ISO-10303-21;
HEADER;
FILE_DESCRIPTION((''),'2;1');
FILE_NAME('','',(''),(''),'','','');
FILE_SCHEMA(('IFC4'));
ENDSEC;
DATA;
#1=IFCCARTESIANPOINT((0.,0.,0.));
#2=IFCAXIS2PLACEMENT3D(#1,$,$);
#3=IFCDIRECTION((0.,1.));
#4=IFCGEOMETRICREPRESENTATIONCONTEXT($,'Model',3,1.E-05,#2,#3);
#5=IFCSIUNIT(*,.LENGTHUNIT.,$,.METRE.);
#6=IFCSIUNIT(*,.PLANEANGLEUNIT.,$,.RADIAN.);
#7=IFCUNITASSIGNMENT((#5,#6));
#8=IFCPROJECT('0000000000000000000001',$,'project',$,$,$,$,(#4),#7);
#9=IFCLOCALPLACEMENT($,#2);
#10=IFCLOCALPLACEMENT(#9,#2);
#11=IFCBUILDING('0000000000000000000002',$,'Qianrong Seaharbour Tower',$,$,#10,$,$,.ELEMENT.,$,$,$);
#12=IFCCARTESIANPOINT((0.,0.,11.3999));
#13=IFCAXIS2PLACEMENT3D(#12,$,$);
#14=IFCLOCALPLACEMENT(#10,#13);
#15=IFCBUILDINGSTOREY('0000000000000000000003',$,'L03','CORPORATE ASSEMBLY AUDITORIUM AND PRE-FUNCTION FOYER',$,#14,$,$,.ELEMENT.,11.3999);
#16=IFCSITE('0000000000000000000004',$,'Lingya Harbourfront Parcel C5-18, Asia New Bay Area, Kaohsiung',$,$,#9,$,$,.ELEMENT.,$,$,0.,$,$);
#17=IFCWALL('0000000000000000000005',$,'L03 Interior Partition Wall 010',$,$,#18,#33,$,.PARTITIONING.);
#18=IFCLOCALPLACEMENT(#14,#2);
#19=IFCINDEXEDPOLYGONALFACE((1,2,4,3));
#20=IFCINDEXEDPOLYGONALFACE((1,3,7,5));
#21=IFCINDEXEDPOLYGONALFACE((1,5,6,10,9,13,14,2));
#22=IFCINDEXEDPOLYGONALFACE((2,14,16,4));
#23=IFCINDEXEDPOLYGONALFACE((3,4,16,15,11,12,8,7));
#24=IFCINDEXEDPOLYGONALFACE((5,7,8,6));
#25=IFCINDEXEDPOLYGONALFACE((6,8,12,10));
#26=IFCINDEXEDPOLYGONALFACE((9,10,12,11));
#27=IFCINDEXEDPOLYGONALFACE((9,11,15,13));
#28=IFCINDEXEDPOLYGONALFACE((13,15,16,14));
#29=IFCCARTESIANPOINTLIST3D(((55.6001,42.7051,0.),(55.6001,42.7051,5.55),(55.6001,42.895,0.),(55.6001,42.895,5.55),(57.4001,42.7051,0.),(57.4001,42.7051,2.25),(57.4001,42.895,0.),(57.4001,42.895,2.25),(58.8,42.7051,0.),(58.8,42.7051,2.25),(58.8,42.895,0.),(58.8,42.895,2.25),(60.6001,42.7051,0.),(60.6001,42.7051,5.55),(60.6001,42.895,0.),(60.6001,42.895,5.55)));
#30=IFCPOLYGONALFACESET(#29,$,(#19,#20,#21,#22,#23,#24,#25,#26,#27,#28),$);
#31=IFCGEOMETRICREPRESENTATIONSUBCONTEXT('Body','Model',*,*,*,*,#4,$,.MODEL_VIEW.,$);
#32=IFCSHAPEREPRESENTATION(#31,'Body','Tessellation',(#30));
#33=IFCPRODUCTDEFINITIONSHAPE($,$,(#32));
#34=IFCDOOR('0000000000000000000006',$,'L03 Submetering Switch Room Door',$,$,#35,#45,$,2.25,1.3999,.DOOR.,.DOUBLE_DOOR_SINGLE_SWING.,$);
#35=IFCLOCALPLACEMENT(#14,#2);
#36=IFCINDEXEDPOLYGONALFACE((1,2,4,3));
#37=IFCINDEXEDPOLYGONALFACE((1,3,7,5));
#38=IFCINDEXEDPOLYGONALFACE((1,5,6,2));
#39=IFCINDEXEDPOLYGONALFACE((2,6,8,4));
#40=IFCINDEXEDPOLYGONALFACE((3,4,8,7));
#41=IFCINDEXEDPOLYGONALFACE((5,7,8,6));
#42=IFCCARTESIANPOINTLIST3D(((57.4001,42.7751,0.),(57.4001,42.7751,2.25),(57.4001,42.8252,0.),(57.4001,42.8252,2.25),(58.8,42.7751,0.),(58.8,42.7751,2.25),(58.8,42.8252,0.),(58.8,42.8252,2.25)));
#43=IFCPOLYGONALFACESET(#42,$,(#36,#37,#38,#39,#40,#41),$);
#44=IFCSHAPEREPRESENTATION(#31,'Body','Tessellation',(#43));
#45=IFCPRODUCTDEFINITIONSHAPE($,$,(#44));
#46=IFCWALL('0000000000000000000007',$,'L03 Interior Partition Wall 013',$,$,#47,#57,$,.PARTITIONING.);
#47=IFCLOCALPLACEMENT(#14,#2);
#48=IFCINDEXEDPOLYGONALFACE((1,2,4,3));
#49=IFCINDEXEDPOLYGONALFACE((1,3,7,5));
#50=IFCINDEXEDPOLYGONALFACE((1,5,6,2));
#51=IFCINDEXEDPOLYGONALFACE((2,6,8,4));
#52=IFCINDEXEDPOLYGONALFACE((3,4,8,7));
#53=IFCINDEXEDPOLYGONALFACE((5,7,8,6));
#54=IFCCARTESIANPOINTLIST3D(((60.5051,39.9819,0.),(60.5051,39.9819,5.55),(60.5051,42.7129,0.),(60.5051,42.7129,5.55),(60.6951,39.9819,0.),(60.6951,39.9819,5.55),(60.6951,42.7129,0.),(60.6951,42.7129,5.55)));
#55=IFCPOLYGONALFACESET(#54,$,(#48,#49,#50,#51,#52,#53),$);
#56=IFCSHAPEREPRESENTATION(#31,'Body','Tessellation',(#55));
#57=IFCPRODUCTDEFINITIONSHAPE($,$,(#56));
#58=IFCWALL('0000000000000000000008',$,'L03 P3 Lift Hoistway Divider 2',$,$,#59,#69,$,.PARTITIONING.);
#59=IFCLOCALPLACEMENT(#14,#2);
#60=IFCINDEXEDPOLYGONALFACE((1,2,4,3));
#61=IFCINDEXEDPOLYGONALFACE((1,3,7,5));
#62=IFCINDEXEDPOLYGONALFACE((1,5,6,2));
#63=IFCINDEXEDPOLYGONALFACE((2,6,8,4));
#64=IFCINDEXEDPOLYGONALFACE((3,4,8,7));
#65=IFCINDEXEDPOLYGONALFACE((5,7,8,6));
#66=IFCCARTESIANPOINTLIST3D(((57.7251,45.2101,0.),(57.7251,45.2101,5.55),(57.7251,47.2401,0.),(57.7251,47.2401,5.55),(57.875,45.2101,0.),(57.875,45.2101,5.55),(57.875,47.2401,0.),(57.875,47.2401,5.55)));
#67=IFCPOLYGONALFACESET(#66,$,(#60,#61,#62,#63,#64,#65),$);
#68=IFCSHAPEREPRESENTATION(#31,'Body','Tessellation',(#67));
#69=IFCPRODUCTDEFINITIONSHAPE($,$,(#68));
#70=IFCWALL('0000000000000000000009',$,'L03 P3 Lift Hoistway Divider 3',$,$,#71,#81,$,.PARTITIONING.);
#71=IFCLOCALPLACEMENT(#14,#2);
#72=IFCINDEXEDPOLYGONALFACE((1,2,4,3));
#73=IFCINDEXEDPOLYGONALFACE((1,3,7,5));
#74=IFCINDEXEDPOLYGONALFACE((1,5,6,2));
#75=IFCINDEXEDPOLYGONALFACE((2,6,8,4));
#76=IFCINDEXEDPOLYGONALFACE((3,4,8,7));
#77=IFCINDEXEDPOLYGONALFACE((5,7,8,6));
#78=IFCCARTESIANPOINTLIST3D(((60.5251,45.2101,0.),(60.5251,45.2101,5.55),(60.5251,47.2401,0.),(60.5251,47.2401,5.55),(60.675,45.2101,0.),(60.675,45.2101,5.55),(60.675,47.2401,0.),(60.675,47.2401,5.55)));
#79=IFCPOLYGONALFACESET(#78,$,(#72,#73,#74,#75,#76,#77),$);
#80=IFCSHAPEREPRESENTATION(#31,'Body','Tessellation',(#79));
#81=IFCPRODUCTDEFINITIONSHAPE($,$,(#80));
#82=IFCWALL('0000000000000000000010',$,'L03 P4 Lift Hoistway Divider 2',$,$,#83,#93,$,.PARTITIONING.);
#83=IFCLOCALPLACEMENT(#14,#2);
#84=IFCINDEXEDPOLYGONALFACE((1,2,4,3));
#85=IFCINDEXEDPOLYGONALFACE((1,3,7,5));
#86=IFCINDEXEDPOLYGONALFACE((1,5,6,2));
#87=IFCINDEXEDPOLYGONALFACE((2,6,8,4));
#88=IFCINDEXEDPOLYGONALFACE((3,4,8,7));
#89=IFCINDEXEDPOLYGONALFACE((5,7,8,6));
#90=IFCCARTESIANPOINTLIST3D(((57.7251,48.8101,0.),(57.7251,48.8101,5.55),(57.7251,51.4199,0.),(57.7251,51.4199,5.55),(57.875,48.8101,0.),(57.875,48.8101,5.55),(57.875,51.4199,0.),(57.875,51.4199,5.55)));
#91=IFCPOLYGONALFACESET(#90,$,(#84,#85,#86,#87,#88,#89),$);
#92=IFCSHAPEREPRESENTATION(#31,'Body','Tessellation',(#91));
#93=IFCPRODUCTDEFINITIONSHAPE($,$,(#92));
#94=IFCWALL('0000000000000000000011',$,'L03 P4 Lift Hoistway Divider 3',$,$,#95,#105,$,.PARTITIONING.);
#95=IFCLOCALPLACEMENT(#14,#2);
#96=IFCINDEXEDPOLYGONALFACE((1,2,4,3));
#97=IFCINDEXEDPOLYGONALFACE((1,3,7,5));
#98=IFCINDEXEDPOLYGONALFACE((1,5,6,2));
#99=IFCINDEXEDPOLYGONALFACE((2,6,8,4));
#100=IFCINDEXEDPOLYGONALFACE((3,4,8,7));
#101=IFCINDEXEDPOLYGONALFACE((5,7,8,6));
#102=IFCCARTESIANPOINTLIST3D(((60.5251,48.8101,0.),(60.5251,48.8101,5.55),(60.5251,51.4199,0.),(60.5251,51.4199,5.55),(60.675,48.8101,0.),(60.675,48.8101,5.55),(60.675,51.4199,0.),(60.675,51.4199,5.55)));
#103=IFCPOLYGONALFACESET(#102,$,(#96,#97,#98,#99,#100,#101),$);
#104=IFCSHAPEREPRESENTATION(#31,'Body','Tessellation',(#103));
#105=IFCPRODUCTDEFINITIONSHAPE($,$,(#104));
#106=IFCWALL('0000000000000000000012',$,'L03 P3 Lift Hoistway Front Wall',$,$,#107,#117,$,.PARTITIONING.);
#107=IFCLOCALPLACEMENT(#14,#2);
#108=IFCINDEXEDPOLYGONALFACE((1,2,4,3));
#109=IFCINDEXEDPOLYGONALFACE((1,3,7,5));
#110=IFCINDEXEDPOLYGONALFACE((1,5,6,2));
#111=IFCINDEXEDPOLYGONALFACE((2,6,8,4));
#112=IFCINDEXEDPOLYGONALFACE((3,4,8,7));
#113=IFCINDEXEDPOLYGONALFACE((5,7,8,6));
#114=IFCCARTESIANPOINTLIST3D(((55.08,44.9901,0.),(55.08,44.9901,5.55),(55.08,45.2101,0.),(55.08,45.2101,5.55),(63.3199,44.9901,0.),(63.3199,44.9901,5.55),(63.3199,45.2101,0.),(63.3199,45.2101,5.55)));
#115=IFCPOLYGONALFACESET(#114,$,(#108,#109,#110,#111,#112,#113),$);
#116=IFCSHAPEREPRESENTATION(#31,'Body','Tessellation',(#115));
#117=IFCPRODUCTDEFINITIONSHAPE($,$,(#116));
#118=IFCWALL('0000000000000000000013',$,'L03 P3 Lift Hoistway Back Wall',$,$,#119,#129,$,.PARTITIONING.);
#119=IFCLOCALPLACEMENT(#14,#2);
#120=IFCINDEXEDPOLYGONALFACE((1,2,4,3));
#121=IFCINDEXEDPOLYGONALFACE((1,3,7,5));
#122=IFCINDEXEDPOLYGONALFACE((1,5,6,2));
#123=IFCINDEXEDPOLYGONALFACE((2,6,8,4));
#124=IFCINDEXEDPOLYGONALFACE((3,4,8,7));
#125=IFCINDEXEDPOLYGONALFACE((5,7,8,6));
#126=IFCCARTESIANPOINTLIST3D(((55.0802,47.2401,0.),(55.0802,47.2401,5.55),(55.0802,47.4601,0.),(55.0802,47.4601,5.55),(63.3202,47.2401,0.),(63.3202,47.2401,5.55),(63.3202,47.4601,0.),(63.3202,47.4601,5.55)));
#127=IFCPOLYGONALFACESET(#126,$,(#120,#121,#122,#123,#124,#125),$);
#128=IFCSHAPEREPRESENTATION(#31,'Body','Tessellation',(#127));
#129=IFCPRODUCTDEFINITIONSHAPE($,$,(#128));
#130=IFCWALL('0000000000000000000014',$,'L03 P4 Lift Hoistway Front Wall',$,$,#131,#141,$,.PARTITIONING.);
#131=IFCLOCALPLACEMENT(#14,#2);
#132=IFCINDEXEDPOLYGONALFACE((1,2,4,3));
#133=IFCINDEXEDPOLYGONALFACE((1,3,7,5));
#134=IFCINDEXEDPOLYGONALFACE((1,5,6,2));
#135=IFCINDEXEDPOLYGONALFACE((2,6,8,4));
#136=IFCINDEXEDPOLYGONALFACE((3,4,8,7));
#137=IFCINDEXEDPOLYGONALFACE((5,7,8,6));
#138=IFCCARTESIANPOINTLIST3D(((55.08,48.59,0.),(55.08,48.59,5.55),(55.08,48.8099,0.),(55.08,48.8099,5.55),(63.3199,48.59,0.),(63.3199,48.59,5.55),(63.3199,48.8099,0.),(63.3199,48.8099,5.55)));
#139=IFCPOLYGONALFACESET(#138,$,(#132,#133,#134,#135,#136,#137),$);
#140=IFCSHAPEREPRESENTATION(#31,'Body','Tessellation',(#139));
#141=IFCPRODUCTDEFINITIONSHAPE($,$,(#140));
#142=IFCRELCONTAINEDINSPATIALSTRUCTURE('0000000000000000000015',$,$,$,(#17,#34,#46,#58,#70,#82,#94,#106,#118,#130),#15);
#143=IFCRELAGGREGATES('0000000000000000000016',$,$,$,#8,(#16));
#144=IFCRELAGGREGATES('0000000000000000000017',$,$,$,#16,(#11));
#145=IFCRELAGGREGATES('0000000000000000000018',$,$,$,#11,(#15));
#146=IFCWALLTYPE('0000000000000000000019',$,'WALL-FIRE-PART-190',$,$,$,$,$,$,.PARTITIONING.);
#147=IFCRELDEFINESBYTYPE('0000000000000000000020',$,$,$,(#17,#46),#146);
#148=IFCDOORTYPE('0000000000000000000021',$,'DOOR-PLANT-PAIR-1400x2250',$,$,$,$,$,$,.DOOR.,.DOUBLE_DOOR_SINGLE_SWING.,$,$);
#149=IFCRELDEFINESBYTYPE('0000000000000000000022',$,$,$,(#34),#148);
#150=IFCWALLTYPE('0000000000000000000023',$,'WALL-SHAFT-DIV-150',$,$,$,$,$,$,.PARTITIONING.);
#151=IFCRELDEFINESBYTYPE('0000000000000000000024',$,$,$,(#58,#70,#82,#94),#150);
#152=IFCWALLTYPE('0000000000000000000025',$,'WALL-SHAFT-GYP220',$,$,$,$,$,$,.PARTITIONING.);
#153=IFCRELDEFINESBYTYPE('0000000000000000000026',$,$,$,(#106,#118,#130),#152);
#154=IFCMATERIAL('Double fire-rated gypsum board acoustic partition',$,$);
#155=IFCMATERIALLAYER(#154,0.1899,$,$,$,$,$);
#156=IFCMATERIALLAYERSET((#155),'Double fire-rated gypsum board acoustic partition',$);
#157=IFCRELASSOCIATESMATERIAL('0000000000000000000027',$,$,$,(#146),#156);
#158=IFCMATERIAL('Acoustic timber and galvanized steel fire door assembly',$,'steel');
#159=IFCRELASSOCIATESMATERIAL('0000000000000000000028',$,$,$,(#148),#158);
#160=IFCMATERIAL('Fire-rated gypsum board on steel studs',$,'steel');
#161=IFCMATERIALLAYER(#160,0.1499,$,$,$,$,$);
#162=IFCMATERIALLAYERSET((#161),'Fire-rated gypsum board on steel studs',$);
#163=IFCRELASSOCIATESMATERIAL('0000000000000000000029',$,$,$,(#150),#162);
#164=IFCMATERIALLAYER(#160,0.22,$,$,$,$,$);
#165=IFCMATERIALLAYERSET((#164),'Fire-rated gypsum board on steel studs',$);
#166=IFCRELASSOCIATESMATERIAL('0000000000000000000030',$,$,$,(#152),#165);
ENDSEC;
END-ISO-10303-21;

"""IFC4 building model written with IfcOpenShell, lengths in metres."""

from ifc_helpers import new_model, si_unit, direction, frame, frame_2d, origin, place, context, subcontext, project, spatial, rectangle, extrude, material, layer, layer_set, type_object, element, fill, save


model = new_model("IFC4")

# Units and contexts
model_context = context("Model", 3, precision=1e-05, world=origin(), true_north=direction((0.0, 1.0)))
body_context = subcontext(model_context, "Body", "Model", "MODEL_VIEW")
ifc_project = project(units=[si_unit("LENGTHUNIT", "METRE"), si_unit("PLANEANGLEUNIT", "RADIAN")], contexts=[model_context])

# Site, building, storey
site_placement = place(None, origin())
site = spatial("IfcSite", under=ifc_project, at=site_placement, Name="Lingya Harbourfront Parcel C5-18, Asia New Bay Area, Kaohsiung", CompositionType="ELEMENT", RefElevation=0.0)
building_placement = place(site_placement, origin())
building = spatial("IfcBuilding", under=site, at=building_placement, Name="Qianrong Seaharbour Tower", CompositionType="ELEMENT")
storey_placement = place(building_placement, frame((0.0, 0.0, 11.3999)))
storey = spatial("IfcBuildingStorey", under=building, at=storey_placement, Name="L03", Description="CORPORATE ASSEMBLY AUDITORIUM AND PRE-FUNCTION FOYER", CompositionType="ELEMENT", Elevation=11.3999)

# Shared definitions
ifc_material_1 = material(Name="Acoustic timber and galvanized steel fire door assembly", Category="steel")

# Shared definitions
ifc_material_2 = material(Name="Double fire-rated gypsum board acoustic partition")
ifc_layer_1 = layer(ifc_material_2, 0.1899)
ifc_layer_set_1 = layer_set([ifc_layer_1], Name="Double fire-rated gypsum board acoustic partition")
wall_type_1 = type_object("IfcWallType", Name="WALL-FIRE-PART-190", PredefinedType="PARTITIONING", material=ifc_layer_set_1)

# Wall, opening, door
wall_1_placement = place(storey_placement, frame((60.6001, 42.8, 0.0), z_axis=(0.0, 0.0, 1.0), x_axis=(-1.0, 0.0, 0.0)))
wall_1 = element("IfcWall", 1, at=wall_1_placement, inside=storey, type_object=wall_type_1, Name="L03 Interior Partition Wall 010", PredefinedType="PARTITIONING", context=body_context, shape_type="SweptSolid", body=[
    extrude(rectangle(XDim=5.0, YDim=0.1899, at=frame_2d((2.5, 0.0))), origin(), (0.0, 0.0, 1.0), 5.55),
])
opening_1_placement = place(wall_1_placement, frame((1.8, 0.0, 0.0)))
opening_1 = element("IfcOpeningElement", 2, at=opening_1_placement, cuts=wall_1, PredefinedType="OPENING", context=body_context, shape_type="SweptSolid", body=[
    extrude(rectangle(XDim=1.3999, YDim=2.25, at=frame_2d((0.7, 1.125))), frame((0.0, 0.105, 0.0), z_axis=(0.0, -1.0, 0.0), x_axis=(1.0, 0.0, 0.0)), (0.0, 0.0, 1.0), 0.21),
])
door_type_1 = type_object("IfcDoorType", Name="DOOR-PLANT-PAIR-1400x2250", OperationType="DOUBLE_DOOR_SINGLE_SWING", PredefinedType="DOOR", material=ifc_material_1)
door_1_placement = place(opening_1_placement, origin())
door_1 = element("IfcDoor", 3, at=door_1_placement, inside=storey, type_object=door_type_1, Name="L03 Submetering Switch Room Door", OperationType="DOUBLE_DOOR_SINGLE_SWING", OverallHeight=2.25, OverallWidth=1.3999, PredefinedType="DOOR", context=body_context, shape_type="SweptSolid", body=[
    extrude(rectangle(XDim=1.3999, YDim=2.25, at=frame_2d((0.7, 1.125))), frame((0.0, 0.0249, 0.0), z_axis=(0.0, -1.0, 0.0), x_axis=(1.0, 0.0, 0.0)), (0.0, 0.0, 1.0), 0.05),
])
fill(opening_1, door_1)

# Walls
wall_2_placement = place(storey_placement, frame((60.6001, 42.7129, 0.0), z_axis=(0.0, 0.0, 1.0), x_axis=(0.0, -1.0, 0.0)))
element("IfcWall", 4, at=wall_2_placement, inside=storey, type_object=wall_type_1, Name="L03 Interior Partition Wall 013", PredefinedType="PARTITIONING", context=body_context, shape_type="SweptSolid", body=[
    extrude(rectangle(XDim=2.731, YDim=0.1899, at=frame_2d((1.3655, 0.0))), origin(), (0.0, 0.0, 1.0), 5.55),
])
ifc_material_3 = material(Name="Fire-rated gypsum board on steel studs", Category="steel")
ifc_layer_2 = layer(ifc_material_3, 0.1499)
ifc_layer_set_2 = layer_set([ifc_layer_2], Name="Fire-rated gypsum board on steel studs")
wall_type_2 = type_object("IfcWallType", Name="WALL-SHAFT-DIV-150", PredefinedType="PARTITIONING", material=ifc_layer_set_2)
for number, where, z_axis, x_axis, name in (
    (5, (57.8, 45.21, 0.0), (0.0, 0.0, 1.0), (0.0, 1.0, 0.0), "L03 P3 Lift Hoistway Divider 2"),
    (6, (60.6001, 45.21, 0.0), (0.0, 0.0, 1.0), (0.0, 1.0, 0.0), "L03 P3 Lift Hoistway Divider 3"),
):
    element("IfcWall", number, at=place(storey_placement, frame(where, z_axis=z_axis, x_axis=x_axis)), inside=storey, type_object=wall_type_2, Name=name, PredefinedType="PARTITIONING", context=body_context, shape_type="SweptSolid", body=[
        extrude(rectangle(XDim=2.03, YDim=0.1499, at=frame_2d((1.0151, 0.0))), origin(), (0.0, 0.0, 1.0), 5.55),
    ])
for number, where, z_axis, x_axis, name in (
    (7, (57.8, 48.8101, 0.0), (0.0, 0.0, 1.0), (0.0, 1.0, 0.0), "L03 P4 Lift Hoistway Divider 2"),
    (8, (60.6001, 48.8101, 0.0), (0.0, 0.0, 1.0), (0.0, 1.0, 0.0), "L03 P4 Lift Hoistway Divider 3"),
):
    element("IfcWall", number, at=place(storey_placement, frame(where, z_axis=z_axis, x_axis=x_axis)), inside=storey, type_object=wall_type_2, Name=name, PredefinedType="PARTITIONING", context=body_context, shape_type="SweptSolid", body=[
        extrude(rectangle(XDim=2.6099, YDim=0.1499, at=frame_2d((1.3049, 0.0))), origin(), (0.0, 0.0, 1.0), 5.55),
    ])
ifc_layer_3 = layer(ifc_material_3, 0.22)
ifc_layer_set_3 = layer_set([ifc_layer_3], Name="Fire-rated gypsum board on steel studs")
wall_type_3 = type_object("IfcWallType", Name="WALL-SHAFT-GYP220", PredefinedType="PARTITIONING", material=ifc_layer_set_3)
for number, where, z_axis, x_axis, name in (
    (9, (63.3201, 45.1001, 0.0), (0.0, 0.0, 1.0), (-1.0, 0.0, 0.0), "L03 P3 Lift Hoistway Front Wall"),
    (10, (55.0801, 47.3501, 0.0), (0.0, 0.0, 1.0), (1.0, 0.0, 0.0), "L03 P3 Lift Hoistway Back Wall"),
    (11, (63.3201, 48.7, 0.0), (0.0, 0.0, 1.0), (-1.0, 0.0, 0.0), "L03 P4 Lift Hoistway Front Wall"),
):
    element("IfcWall", number, at=place(storey_placement, frame(where, z_axis=z_axis, x_axis=x_axis)), inside=storey, type_object=wall_type_3, Name=name, PredefinedType="PARTITIONING", context=body_context, shape_type="SweptSolid", body=[
        extrude(rectangle(XDim=8.24, YDim=0.22, at=frame_2d((4.1201, 0.0))), origin(), (0.0, 0.0, 1.0), 5.55),
    ])

save(model, "model.ifc")
